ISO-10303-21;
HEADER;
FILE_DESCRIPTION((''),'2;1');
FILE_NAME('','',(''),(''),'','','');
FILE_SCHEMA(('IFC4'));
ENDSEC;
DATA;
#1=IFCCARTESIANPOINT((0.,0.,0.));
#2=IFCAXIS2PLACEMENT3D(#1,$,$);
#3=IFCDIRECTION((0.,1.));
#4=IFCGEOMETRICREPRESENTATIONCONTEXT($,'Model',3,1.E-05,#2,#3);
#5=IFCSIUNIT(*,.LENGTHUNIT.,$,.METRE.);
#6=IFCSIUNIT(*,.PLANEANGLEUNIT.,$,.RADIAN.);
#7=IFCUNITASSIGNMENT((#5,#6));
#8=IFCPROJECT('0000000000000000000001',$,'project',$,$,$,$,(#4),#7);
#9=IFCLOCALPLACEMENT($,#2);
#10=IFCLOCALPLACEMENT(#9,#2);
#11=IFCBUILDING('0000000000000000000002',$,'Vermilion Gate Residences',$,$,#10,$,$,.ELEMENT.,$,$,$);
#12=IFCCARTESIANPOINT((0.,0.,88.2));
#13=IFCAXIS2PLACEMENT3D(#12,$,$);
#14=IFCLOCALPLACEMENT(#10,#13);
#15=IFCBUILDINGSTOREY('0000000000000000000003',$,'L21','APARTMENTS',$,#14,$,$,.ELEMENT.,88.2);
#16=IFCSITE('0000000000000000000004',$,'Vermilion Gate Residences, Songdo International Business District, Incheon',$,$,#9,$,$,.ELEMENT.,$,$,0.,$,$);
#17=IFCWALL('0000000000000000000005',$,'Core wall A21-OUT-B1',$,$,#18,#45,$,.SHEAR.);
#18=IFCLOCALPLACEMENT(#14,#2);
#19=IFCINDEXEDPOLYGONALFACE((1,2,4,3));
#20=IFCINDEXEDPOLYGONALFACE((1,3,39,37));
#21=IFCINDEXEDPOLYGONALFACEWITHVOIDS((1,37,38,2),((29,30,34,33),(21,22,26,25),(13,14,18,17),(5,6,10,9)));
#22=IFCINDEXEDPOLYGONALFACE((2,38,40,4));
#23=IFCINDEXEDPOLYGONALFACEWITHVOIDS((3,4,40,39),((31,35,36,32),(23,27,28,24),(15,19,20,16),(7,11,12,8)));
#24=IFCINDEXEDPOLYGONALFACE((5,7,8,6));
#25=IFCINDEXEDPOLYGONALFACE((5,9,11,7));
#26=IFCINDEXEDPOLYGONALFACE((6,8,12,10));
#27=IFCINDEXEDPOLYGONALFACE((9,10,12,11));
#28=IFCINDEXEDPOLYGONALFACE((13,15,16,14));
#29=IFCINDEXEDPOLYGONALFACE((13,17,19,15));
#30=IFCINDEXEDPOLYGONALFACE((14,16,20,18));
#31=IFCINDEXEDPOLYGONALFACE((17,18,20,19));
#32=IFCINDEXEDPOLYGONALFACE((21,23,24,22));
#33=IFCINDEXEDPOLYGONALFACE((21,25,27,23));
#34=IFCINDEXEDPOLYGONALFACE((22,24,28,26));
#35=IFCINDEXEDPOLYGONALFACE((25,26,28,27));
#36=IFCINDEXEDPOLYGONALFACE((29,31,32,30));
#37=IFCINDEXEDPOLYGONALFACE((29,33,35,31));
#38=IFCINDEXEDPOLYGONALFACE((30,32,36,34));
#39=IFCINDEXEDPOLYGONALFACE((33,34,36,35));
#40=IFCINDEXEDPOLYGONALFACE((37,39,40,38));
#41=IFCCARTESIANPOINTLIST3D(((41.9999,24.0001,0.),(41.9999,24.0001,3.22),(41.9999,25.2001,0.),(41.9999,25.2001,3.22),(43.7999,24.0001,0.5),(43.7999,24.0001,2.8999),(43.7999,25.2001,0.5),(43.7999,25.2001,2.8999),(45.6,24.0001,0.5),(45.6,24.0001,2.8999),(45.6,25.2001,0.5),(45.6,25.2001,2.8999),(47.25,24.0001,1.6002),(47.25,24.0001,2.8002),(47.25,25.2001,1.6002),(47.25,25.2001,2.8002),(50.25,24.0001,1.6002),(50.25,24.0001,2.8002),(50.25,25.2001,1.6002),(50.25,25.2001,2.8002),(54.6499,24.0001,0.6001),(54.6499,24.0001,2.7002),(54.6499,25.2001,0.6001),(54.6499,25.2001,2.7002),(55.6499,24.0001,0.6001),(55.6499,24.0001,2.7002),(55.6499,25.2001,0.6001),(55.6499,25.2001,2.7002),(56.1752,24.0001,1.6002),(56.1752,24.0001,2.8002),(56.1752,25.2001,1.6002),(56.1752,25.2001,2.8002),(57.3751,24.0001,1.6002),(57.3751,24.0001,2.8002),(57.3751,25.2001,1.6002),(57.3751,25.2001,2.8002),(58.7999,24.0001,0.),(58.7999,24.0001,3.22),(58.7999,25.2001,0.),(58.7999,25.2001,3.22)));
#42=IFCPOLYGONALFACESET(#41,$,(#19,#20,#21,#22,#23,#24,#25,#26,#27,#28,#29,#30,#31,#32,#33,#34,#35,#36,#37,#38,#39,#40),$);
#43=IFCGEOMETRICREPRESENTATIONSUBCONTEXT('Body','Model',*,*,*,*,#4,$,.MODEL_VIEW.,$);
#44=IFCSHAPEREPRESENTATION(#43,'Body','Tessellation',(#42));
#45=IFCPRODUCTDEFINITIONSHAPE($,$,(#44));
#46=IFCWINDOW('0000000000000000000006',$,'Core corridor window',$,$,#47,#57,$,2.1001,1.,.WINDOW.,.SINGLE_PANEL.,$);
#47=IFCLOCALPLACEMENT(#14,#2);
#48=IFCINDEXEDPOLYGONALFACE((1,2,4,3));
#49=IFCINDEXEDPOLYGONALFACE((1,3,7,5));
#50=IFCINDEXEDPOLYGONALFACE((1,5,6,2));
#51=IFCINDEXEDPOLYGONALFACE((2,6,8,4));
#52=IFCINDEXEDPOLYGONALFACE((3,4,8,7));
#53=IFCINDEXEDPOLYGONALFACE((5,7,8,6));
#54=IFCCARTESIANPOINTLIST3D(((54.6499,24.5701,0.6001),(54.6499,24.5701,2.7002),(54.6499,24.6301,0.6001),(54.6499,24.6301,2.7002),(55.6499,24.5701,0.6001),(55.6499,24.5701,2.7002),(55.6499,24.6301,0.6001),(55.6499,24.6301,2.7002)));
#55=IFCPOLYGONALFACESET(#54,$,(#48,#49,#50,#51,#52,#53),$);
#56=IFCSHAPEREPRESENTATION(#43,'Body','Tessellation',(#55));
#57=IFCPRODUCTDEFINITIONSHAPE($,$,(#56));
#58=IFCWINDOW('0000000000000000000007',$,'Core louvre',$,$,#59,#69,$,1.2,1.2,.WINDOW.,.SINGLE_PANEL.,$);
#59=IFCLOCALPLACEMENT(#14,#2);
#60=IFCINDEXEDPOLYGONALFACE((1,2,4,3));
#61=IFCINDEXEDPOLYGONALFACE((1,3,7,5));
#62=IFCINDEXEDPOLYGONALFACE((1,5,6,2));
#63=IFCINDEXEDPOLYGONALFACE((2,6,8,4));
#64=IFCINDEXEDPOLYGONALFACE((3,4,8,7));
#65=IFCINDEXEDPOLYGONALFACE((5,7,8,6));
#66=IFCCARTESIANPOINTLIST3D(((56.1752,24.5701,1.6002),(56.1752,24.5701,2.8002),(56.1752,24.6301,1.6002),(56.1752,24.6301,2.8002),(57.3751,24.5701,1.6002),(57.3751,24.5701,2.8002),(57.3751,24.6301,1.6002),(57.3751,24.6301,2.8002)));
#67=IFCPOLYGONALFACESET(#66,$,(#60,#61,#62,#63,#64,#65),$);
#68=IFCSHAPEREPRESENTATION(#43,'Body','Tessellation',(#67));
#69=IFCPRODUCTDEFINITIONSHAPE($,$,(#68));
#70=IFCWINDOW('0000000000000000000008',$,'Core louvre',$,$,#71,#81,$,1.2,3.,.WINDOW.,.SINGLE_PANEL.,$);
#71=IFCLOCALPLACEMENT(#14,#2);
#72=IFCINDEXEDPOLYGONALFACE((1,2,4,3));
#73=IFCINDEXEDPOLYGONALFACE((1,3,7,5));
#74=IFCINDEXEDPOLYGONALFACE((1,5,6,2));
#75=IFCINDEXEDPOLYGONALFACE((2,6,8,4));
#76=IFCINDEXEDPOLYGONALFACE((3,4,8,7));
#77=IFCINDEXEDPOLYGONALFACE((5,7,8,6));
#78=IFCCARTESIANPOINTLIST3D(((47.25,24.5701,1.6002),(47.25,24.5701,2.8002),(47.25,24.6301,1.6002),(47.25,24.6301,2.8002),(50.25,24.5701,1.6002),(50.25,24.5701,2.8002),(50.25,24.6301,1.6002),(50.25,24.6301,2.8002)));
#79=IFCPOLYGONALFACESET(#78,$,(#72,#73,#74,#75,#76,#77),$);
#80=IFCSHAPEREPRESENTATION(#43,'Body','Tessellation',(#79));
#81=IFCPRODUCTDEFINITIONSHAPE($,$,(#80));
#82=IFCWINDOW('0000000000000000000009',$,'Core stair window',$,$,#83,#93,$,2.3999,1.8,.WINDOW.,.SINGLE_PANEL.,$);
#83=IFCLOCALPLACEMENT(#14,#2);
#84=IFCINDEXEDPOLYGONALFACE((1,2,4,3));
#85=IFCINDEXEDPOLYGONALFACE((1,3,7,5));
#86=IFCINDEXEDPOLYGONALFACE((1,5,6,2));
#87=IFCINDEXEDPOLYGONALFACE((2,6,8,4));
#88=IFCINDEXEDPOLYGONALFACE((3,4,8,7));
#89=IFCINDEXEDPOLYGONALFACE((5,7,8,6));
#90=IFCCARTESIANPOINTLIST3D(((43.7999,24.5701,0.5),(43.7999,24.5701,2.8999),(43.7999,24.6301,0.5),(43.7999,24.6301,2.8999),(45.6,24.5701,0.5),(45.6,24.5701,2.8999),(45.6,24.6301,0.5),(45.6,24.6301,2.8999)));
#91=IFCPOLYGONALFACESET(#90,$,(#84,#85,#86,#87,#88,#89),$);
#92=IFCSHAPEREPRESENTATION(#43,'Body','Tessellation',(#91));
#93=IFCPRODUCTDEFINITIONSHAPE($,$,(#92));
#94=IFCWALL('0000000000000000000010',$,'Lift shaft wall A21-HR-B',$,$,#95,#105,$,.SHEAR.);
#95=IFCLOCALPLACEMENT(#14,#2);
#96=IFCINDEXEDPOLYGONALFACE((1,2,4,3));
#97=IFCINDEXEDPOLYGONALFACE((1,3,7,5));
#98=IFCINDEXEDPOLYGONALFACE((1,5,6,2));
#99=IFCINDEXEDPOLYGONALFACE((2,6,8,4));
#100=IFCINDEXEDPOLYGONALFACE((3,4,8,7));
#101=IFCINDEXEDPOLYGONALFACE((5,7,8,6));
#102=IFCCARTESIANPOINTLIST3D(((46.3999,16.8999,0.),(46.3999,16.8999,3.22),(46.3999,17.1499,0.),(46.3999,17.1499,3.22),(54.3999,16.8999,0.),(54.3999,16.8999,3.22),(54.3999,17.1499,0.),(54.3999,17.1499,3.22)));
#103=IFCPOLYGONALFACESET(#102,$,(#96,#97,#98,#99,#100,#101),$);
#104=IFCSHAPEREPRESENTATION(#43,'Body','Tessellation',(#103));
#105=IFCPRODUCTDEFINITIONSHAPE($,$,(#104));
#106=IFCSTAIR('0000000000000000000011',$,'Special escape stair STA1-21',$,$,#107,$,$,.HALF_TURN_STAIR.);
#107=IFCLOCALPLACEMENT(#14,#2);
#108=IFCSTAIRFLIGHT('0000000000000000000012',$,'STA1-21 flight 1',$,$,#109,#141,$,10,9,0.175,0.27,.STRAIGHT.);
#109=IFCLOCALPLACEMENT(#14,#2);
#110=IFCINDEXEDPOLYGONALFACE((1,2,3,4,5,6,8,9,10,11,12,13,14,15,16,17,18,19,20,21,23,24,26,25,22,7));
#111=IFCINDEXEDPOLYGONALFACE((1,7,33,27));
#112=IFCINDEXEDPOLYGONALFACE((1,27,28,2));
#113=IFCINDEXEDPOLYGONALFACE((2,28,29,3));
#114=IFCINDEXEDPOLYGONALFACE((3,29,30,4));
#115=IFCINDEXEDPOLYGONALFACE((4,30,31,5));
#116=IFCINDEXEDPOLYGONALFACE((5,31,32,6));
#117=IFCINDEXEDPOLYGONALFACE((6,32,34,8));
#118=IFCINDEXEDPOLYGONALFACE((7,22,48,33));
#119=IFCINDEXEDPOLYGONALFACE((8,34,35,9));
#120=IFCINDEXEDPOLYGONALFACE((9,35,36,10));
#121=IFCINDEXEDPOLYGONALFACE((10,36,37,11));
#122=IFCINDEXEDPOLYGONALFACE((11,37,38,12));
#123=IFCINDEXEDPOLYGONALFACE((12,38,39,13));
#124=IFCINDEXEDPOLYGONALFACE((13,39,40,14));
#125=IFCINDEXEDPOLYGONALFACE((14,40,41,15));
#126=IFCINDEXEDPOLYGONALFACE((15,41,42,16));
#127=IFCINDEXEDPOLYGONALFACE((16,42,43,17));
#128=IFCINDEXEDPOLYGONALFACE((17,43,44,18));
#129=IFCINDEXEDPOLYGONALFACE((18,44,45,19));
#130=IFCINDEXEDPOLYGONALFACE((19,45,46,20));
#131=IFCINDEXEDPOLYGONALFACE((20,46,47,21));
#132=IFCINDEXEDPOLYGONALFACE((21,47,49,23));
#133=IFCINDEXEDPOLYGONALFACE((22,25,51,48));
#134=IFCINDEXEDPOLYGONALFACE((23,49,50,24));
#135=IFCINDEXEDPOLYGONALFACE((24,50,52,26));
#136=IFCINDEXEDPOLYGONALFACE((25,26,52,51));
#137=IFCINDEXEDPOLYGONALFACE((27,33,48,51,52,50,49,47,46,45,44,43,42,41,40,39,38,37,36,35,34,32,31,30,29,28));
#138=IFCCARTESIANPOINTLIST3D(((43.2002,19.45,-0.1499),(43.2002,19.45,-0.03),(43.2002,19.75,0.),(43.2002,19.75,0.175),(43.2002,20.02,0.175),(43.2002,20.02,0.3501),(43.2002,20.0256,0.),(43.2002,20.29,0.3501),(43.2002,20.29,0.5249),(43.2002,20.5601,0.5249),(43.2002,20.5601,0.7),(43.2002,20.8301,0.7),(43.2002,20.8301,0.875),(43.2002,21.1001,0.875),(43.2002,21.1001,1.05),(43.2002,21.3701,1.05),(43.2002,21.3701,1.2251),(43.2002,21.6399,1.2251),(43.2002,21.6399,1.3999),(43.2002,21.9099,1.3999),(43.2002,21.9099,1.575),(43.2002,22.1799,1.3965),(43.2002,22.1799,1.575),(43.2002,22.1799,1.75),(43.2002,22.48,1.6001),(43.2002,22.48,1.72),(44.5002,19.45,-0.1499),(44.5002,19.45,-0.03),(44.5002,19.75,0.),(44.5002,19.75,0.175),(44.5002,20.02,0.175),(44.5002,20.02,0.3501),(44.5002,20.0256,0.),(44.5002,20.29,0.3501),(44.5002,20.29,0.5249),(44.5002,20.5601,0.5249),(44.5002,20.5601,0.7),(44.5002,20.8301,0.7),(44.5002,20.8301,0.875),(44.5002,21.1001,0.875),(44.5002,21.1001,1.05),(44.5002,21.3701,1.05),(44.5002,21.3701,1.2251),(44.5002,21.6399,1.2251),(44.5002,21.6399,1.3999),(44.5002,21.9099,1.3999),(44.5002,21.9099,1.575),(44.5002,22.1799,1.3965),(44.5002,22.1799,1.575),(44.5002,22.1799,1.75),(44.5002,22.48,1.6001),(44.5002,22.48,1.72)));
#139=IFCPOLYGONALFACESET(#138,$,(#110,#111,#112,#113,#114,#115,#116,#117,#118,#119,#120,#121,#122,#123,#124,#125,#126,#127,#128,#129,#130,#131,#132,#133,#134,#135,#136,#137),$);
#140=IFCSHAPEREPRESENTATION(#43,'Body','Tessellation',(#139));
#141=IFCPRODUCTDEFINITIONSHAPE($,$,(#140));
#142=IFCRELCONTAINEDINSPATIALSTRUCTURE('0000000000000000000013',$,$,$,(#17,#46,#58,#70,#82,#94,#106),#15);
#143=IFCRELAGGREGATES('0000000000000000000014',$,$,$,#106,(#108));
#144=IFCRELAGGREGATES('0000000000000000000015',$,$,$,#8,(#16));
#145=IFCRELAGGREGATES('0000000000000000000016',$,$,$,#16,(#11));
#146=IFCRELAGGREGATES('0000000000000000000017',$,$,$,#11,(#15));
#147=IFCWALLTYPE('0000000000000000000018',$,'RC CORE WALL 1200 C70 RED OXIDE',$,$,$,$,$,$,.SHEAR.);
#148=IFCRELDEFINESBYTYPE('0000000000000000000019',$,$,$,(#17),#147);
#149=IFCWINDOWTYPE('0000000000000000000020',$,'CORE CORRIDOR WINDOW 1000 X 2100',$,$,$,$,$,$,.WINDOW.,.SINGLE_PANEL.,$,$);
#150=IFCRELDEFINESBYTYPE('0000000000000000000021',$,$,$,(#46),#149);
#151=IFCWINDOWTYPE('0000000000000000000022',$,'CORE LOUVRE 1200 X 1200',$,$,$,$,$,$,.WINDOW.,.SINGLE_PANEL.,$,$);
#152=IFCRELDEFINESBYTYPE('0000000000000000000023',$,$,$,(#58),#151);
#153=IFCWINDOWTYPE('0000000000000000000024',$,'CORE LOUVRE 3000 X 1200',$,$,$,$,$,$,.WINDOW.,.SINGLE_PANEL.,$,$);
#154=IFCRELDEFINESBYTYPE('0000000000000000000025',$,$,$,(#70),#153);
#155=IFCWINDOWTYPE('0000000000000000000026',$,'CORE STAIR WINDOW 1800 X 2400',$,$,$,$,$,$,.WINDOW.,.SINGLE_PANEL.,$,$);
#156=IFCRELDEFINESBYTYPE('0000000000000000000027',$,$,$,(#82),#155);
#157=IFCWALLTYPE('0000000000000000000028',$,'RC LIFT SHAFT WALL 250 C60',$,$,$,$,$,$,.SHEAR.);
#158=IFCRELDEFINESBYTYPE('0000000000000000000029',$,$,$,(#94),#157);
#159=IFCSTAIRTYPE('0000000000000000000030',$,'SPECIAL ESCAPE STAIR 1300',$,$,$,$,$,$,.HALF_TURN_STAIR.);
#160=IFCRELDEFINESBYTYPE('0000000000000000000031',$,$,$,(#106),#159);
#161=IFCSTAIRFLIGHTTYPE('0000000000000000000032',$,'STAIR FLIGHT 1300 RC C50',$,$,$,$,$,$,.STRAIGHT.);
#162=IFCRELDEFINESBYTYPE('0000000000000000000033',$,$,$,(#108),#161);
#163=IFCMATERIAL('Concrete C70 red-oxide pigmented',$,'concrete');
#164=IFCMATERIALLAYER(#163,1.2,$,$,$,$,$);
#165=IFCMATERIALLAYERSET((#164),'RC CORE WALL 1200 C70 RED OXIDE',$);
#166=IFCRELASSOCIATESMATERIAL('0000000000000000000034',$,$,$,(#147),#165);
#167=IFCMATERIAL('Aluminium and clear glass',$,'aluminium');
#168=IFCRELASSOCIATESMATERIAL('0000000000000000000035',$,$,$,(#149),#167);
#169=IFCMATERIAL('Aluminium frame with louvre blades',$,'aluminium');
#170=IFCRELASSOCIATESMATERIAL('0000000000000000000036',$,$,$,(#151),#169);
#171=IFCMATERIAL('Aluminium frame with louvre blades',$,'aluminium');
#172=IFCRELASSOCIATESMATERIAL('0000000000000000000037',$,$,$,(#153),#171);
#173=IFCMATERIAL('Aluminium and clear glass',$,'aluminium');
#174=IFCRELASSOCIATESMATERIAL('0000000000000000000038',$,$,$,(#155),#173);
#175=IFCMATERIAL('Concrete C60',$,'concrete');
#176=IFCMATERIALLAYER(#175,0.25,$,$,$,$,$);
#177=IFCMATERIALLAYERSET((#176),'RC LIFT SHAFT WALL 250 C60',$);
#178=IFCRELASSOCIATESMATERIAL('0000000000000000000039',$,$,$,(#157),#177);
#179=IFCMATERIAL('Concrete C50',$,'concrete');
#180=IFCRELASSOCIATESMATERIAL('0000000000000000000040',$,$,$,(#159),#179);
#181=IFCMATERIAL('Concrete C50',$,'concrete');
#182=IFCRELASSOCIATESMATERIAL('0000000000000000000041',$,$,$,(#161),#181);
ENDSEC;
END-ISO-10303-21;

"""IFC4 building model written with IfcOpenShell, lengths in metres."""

from ifc_helpers import new_model, si_unit, direction, frame, frame_2d, origin, place, context, subcontext, project, spatial, polyline, rectangle, outline, extrude, material, layer, layer_set, type_object, element, fill, aggregate, save


model = new_model("IFC4")

# Units and contexts
model_context = context("Model", 3, precision=1e-05, world=origin(), true_north=direction((0.0, 1.0)))
body_context = subcontext(model_context, "Body", "Model", "MODEL_VIEW")
ifc_project = project(units=[si_unit("LENGTHUNIT", "METRE"), si_unit("PLANEANGLEUNIT", "RADIAN")], contexts=[model_context])

# Site, building, storey
site_placement = place(None, origin())
site = spatial("IfcSite", under=ifc_project, at=site_placement, Name="Vermilion Gate Residences, Songdo International Business District, Incheon", CompositionType="ELEMENT", RefElevation=0.0)
building_placement = place(site_placement, origin())
building = spatial("IfcBuilding", under=site, at=building_placement, Name="Vermilion Gate Residences", CompositionType="ELEMENT")
storey_placement = place(building_placement, frame((0.0, 0.0, 88.2)))
storey = spatial("IfcBuildingStorey", under=building, at=storey_placement, Name="L21", Description="APARTMENTS", CompositionType="ELEMENT", Elevation=88.2)

# Wall, openings, windows
ifc_material_1 = material(Name="Concrete C70 red-oxide pigmented", Category="concrete")
ifc_layer_1 = layer(ifc_material_1, 1.2)
ifc_layer_set_1 = layer_set([ifc_layer_1], Name="RC CORE WALL 1200 C70 RED OXIDE")
wall_type_1 = type_object("IfcWallType", Name="RC CORE WALL 1200 C70 RED OXIDE", PredefinedType="SHEAR", material=ifc_layer_set_1)
wall_1_placement = place(storey_placement, frame((42.0, 24.6001, 0.0), z_axis=(0.0, 0.0, 1.0), x_axis=(1.0, 0.0, 0.0)))
wall_1 = element("IfcWall", 1, at=wall_1_placement, inside=storey, type_object=wall_type_1, Name="Core wall A21-OUT-B1", PredefinedType="SHEAR", context=body_context, shape_type="SweptSolid", body=[
    extrude(rectangle(XDim=16.8, YDim=1.2, at=frame_2d((8.3999, 0.0))), origin(), (0.0, 0.0, 1.0), 3.22),
])
opening_1_placement = place(wall_1_placement, frame((1.8, 0.0, 0.5)))
opening_1 = element("IfcOpeningElement", 2, at=opening_1_placement, cuts=wall_1, PredefinedType="OPENING", context=body_context, shape_type="SweptSolid", body=[
    extrude(rectangle(XDim=1.8, YDim=2.3999, at=frame_2d((0.8999, 1.2))), frame((0.0, 0.6099, 0.0), z_axis=(0.0, -1.0, 0.0), x_axis=(1.0, 0.0, 0.0)), (0.0, 0.0, 1.0), 1.22),
])
opening_2_placement = place(wall_1_placement, frame((5.25, 0.0, 1.6001)))
opening_2 = element("IfcOpeningElement", 3, at=opening_2_placement, cuts=wall_1, PredefinedType="OPENING", context=body_context, shape_type="SweptSolid", body=[
    extrude(rectangle(XDim=3.0, YDim=1.2, at=frame_2d((1.5, 0.6001))), frame((0.0, 0.6099, 0.0), z_axis=(0.0, -1.0, 0.0), x_axis=(1.0, 0.0, 0.0)), (0.0, 0.0, 1.0), 1.22),
])
opening_3_placement = place(wall_1_placement, frame((12.6499, 0.0, 0.6001)))
opening_3 = element("IfcOpeningElement", 4, at=opening_3_placement, cuts=wall_1, PredefinedType="OPENING", context=body_context, shape_type="SweptSolid", body=[
    extrude(rectangle(XDim=1.0, YDim=2.1001, at=frame_2d((0.5, 1.05))), frame((0.0, 0.6099, 0.0), z_axis=(0.0, -1.0, 0.0), x_axis=(1.0, 0.0, 0.0)), (0.0, 0.0, 1.0), 1.22),
])
opening_4_placement = place(wall_1_placement, frame((14.175, 0.0, 1.6001)))
opening_4 = element("IfcOpeningElement", 5, at=opening_4_placement, cuts=wall_1, PredefinedType="OPENING", context=body_context, shape_type="SweptSolid", body=[
    extrude(rectangle(XDim=1.2, YDim=1.2, at=frame_2d((0.6001, 0.6001))), frame((0.0, 0.6099, 0.0), z_axis=(0.0, -1.0, 0.0), x_axis=(1.0, 0.0, 0.0)), (0.0, 0.0, 1.0), 1.22),
])
ifc_material_2 = material(Name="Aluminium and clear glass", Category="aluminium")
window_type_1 = type_object("IfcWindowType", Name="CORE CORRIDOR WINDOW 1000 X 2100", PartitioningType="SINGLE_PANEL", PredefinedType="WINDOW", material=ifc_material_2)
window_1_placement = place(opening_3_placement, origin())
window_1 = element("IfcWindow", 6, at=window_1_placement, inside=storey, type_object=window_type_1, Name="Core corridor window", OverallHeight=2.1001, OverallWidth=1.0, PartitioningType="SINGLE_PANEL", PredefinedType="WINDOW", context=body_context, shape_type="SweptSolid", body=[
    extrude(rectangle(XDim=1.0, YDim=2.1001, at=frame_2d((0.5, 1.05))), frame((0.0, 0.03, 0.0), z_axis=(0.0, -1.0, 0.0), x_axis=(1.0, 0.0, 0.0)), (0.0, 0.0, 1.0), 0.0601),
])
fill(opening_3, window_1)
ifc_material_3 = material(Name="Aluminium frame with louvre blades", Category="aluminium")
window_type_2 = type_object("IfcWindowType", Name="CORE LOUVRE 1200 X 1200", PartitioningType="SINGLE_PANEL", PredefinedType="WINDOW", material=ifc_material_3)
window_2_placement = place(opening_4_placement, origin())
window_2 = element("IfcWindow", 7, at=window_2_placement, inside=storey, type_object=window_type_2, Name="Core louvre", OverallHeight=1.2, OverallWidth=1.2, PartitioningType="SINGLE_PANEL", PredefinedType="WINDOW", context=body_context, shape_type="SweptSolid", body=[
    extrude(rectangle(XDim=1.2, YDim=1.2, at=frame_2d((0.6001, 0.6001))), frame((0.0, 0.03, 0.0), z_axis=(0.0, -1.0, 0.0), x_axis=(1.0, 0.0, 0.0)), (0.0, 0.0, 1.0), 0.0601),
])
fill(opening_4, window_2)
ifc_material_4 = material(Name="Aluminium frame with louvre blades", Category="aluminium")
window_type_3 = type_object("IfcWindowType", Name="CORE LOUVRE 3000 X 1200", PartitioningType="SINGLE_PANEL", PredefinedType="WINDOW", material=ifc_material_4)
window_3_placement = place(opening_2_placement, origin())
window_3 = element("IfcWindow", 8, at=window_3_placement, inside=storey, type_object=window_type_3, Name="Core louvre", OverallHeight=1.2, OverallWidth=3.0, PartitioningType="SINGLE_PANEL", PredefinedType="WINDOW", context=body_context, shape_type="SweptSolid", body=[
    extrude(rectangle(XDim=3.0, YDim=1.2, at=frame_2d((1.5, 0.6001))), frame((0.0, 0.03, 0.0), z_axis=(0.0, -1.0, 0.0), x_axis=(1.0, 0.0, 0.0)), (0.0, 0.0, 1.0), 0.0601),
])
fill(opening_2, window_3)
ifc_material_5 = material(Name="Aluminium and clear glass", Category="aluminium")
window_type_4 = type_object("IfcWindowType", Name="CORE STAIR WINDOW 1800 X 2400", PartitioningType="SINGLE_PANEL", PredefinedType="WINDOW", material=ifc_material_5)
window_4_placement = place(opening_1_placement, origin())
window_4 = element("IfcWindow", 9, at=window_4_placement, inside=storey, type_object=window_type_4, Name="Core stair window", OverallHeight=2.3999, OverallWidth=1.8, PartitioningType="SINGLE_PANEL", PredefinedType="WINDOW", context=body_context, shape_type="SweptSolid", body=[
    extrude(rectangle(XDim=1.8, YDim=2.3999, at=frame_2d((0.8999, 1.2))), frame((0.0, 0.03, 0.0), z_axis=(0.0, -1.0, 0.0), x_axis=(1.0, 0.0, 0.0)), (0.0, 0.0, 1.0), 0.0601),
])
fill(opening_1, window_4)

# Wall
ifc_material_6 = material(Name="Concrete C60", Category="concrete")
ifc_layer_2 = layer(ifc_material_6, 0.25)
ifc_layer_set_2 = layer_set([ifc_layer_2], Name="RC LIFT SHAFT WALL 250 C60")
wall_type_2 = type_object("IfcWallType", Name="RC LIFT SHAFT WALL 250 C60", PredefinedType="SHEAR", material=ifc_layer_set_2)
wall_2_placement = place(storey_placement, frame((46.3999, 17.0249, 0.0), z_axis=(0.0, 0.0, 1.0), x_axis=(1.0, 0.0, 0.0)))
element("IfcWall", 10, at=wall_2_placement, inside=storey, type_object=wall_type_2, Name="Lift shaft wall A21-HR-B", PredefinedType="SHEAR", context=body_context, shape_type="SweptSolid", body=[
    extrude(rectangle(XDim=8.0, YDim=0.25, at=frame_2d((4.0, 0.0))), origin(), (0.0, 0.0, 1.0), 3.22),
])

# Stair, stair flight
ifc_material_7 = material(Name="Concrete C50", Category="concrete")
stair_type = type_object("IfcStairType", Name="SPECIAL ESCAPE STAIR 1300", PredefinedType="HALF_TURN_STAIR", material=ifc_material_7)
stair_placement = place(storey_placement, origin())
stair = element("IfcStair", 11, at=stair_placement, inside=storey, type_object=stair_type, Name="Special escape stair STA1-21", PredefinedType="HALF_TURN_STAIR")
ifc_material_8 = material(Name="Concrete C50", Category="concrete")
stair_flight_type = type_object("IfcStairFlightType", Name="STAIR FLIGHT 1300 RC C50", PredefinedType="STRAIGHT", material=ifc_material_8)
stair_flight_1_placement = place(storey_placement, frame((43.8501, 19.75, 0.0), z_axis=(0.0, 0.0, 1.0), x_axis=(0.0, 1.0, 0.0)))
stair_flight_1 = element("IfcStairFlight", 12, at=stair_flight_1_placement, type_object=stair_flight_type, Name="STA1-21 flight 1", NumberOfRisers=10, NumberOfTreads=9, PredefinedType="STRAIGHT", RiserHeight=0.175, TreadLength=0.27, context=body_context, shape_type="SweptSolid", body=[
    extrude(outline(polyline([(-0.3, -0.1499), (-0.3, -0.03), (0.0, 0.0), (0.0, 0.175), (0.27, 0.175), (0.27, 0.3501), (0.54, 0.3501), (0.54, 0.5249), (0.8101, 0.5249), (0.8101, 0.7), (1.0801, 0.7), (1.0801, 0.875), (1.3501, 0.875), (1.3501, 1.05), (1.6201, 1.05), (1.6201, 1.2251), (1.8899, 1.2251), (1.8899, 1.3999), (2.1599, 1.3999), (2.1599, 1.575), (2.4299, 1.575), (2.4299, 1.75), (2.73, 1.72), (2.73, 1.6001), (2.4299, 1.3965), (0.2756, 0.0), (-0.3, -0.1499)])), frame((0.0, 0.6499, 0.0), z_axis=(0.0, -1.0, 0.0), x_axis=(1.0, 0.0, 0.0)), (0.0, 0.0, 1.0), 1.3),
])
aggregate(stair, [stair_flight_1])

save(model, "model.ifc")
